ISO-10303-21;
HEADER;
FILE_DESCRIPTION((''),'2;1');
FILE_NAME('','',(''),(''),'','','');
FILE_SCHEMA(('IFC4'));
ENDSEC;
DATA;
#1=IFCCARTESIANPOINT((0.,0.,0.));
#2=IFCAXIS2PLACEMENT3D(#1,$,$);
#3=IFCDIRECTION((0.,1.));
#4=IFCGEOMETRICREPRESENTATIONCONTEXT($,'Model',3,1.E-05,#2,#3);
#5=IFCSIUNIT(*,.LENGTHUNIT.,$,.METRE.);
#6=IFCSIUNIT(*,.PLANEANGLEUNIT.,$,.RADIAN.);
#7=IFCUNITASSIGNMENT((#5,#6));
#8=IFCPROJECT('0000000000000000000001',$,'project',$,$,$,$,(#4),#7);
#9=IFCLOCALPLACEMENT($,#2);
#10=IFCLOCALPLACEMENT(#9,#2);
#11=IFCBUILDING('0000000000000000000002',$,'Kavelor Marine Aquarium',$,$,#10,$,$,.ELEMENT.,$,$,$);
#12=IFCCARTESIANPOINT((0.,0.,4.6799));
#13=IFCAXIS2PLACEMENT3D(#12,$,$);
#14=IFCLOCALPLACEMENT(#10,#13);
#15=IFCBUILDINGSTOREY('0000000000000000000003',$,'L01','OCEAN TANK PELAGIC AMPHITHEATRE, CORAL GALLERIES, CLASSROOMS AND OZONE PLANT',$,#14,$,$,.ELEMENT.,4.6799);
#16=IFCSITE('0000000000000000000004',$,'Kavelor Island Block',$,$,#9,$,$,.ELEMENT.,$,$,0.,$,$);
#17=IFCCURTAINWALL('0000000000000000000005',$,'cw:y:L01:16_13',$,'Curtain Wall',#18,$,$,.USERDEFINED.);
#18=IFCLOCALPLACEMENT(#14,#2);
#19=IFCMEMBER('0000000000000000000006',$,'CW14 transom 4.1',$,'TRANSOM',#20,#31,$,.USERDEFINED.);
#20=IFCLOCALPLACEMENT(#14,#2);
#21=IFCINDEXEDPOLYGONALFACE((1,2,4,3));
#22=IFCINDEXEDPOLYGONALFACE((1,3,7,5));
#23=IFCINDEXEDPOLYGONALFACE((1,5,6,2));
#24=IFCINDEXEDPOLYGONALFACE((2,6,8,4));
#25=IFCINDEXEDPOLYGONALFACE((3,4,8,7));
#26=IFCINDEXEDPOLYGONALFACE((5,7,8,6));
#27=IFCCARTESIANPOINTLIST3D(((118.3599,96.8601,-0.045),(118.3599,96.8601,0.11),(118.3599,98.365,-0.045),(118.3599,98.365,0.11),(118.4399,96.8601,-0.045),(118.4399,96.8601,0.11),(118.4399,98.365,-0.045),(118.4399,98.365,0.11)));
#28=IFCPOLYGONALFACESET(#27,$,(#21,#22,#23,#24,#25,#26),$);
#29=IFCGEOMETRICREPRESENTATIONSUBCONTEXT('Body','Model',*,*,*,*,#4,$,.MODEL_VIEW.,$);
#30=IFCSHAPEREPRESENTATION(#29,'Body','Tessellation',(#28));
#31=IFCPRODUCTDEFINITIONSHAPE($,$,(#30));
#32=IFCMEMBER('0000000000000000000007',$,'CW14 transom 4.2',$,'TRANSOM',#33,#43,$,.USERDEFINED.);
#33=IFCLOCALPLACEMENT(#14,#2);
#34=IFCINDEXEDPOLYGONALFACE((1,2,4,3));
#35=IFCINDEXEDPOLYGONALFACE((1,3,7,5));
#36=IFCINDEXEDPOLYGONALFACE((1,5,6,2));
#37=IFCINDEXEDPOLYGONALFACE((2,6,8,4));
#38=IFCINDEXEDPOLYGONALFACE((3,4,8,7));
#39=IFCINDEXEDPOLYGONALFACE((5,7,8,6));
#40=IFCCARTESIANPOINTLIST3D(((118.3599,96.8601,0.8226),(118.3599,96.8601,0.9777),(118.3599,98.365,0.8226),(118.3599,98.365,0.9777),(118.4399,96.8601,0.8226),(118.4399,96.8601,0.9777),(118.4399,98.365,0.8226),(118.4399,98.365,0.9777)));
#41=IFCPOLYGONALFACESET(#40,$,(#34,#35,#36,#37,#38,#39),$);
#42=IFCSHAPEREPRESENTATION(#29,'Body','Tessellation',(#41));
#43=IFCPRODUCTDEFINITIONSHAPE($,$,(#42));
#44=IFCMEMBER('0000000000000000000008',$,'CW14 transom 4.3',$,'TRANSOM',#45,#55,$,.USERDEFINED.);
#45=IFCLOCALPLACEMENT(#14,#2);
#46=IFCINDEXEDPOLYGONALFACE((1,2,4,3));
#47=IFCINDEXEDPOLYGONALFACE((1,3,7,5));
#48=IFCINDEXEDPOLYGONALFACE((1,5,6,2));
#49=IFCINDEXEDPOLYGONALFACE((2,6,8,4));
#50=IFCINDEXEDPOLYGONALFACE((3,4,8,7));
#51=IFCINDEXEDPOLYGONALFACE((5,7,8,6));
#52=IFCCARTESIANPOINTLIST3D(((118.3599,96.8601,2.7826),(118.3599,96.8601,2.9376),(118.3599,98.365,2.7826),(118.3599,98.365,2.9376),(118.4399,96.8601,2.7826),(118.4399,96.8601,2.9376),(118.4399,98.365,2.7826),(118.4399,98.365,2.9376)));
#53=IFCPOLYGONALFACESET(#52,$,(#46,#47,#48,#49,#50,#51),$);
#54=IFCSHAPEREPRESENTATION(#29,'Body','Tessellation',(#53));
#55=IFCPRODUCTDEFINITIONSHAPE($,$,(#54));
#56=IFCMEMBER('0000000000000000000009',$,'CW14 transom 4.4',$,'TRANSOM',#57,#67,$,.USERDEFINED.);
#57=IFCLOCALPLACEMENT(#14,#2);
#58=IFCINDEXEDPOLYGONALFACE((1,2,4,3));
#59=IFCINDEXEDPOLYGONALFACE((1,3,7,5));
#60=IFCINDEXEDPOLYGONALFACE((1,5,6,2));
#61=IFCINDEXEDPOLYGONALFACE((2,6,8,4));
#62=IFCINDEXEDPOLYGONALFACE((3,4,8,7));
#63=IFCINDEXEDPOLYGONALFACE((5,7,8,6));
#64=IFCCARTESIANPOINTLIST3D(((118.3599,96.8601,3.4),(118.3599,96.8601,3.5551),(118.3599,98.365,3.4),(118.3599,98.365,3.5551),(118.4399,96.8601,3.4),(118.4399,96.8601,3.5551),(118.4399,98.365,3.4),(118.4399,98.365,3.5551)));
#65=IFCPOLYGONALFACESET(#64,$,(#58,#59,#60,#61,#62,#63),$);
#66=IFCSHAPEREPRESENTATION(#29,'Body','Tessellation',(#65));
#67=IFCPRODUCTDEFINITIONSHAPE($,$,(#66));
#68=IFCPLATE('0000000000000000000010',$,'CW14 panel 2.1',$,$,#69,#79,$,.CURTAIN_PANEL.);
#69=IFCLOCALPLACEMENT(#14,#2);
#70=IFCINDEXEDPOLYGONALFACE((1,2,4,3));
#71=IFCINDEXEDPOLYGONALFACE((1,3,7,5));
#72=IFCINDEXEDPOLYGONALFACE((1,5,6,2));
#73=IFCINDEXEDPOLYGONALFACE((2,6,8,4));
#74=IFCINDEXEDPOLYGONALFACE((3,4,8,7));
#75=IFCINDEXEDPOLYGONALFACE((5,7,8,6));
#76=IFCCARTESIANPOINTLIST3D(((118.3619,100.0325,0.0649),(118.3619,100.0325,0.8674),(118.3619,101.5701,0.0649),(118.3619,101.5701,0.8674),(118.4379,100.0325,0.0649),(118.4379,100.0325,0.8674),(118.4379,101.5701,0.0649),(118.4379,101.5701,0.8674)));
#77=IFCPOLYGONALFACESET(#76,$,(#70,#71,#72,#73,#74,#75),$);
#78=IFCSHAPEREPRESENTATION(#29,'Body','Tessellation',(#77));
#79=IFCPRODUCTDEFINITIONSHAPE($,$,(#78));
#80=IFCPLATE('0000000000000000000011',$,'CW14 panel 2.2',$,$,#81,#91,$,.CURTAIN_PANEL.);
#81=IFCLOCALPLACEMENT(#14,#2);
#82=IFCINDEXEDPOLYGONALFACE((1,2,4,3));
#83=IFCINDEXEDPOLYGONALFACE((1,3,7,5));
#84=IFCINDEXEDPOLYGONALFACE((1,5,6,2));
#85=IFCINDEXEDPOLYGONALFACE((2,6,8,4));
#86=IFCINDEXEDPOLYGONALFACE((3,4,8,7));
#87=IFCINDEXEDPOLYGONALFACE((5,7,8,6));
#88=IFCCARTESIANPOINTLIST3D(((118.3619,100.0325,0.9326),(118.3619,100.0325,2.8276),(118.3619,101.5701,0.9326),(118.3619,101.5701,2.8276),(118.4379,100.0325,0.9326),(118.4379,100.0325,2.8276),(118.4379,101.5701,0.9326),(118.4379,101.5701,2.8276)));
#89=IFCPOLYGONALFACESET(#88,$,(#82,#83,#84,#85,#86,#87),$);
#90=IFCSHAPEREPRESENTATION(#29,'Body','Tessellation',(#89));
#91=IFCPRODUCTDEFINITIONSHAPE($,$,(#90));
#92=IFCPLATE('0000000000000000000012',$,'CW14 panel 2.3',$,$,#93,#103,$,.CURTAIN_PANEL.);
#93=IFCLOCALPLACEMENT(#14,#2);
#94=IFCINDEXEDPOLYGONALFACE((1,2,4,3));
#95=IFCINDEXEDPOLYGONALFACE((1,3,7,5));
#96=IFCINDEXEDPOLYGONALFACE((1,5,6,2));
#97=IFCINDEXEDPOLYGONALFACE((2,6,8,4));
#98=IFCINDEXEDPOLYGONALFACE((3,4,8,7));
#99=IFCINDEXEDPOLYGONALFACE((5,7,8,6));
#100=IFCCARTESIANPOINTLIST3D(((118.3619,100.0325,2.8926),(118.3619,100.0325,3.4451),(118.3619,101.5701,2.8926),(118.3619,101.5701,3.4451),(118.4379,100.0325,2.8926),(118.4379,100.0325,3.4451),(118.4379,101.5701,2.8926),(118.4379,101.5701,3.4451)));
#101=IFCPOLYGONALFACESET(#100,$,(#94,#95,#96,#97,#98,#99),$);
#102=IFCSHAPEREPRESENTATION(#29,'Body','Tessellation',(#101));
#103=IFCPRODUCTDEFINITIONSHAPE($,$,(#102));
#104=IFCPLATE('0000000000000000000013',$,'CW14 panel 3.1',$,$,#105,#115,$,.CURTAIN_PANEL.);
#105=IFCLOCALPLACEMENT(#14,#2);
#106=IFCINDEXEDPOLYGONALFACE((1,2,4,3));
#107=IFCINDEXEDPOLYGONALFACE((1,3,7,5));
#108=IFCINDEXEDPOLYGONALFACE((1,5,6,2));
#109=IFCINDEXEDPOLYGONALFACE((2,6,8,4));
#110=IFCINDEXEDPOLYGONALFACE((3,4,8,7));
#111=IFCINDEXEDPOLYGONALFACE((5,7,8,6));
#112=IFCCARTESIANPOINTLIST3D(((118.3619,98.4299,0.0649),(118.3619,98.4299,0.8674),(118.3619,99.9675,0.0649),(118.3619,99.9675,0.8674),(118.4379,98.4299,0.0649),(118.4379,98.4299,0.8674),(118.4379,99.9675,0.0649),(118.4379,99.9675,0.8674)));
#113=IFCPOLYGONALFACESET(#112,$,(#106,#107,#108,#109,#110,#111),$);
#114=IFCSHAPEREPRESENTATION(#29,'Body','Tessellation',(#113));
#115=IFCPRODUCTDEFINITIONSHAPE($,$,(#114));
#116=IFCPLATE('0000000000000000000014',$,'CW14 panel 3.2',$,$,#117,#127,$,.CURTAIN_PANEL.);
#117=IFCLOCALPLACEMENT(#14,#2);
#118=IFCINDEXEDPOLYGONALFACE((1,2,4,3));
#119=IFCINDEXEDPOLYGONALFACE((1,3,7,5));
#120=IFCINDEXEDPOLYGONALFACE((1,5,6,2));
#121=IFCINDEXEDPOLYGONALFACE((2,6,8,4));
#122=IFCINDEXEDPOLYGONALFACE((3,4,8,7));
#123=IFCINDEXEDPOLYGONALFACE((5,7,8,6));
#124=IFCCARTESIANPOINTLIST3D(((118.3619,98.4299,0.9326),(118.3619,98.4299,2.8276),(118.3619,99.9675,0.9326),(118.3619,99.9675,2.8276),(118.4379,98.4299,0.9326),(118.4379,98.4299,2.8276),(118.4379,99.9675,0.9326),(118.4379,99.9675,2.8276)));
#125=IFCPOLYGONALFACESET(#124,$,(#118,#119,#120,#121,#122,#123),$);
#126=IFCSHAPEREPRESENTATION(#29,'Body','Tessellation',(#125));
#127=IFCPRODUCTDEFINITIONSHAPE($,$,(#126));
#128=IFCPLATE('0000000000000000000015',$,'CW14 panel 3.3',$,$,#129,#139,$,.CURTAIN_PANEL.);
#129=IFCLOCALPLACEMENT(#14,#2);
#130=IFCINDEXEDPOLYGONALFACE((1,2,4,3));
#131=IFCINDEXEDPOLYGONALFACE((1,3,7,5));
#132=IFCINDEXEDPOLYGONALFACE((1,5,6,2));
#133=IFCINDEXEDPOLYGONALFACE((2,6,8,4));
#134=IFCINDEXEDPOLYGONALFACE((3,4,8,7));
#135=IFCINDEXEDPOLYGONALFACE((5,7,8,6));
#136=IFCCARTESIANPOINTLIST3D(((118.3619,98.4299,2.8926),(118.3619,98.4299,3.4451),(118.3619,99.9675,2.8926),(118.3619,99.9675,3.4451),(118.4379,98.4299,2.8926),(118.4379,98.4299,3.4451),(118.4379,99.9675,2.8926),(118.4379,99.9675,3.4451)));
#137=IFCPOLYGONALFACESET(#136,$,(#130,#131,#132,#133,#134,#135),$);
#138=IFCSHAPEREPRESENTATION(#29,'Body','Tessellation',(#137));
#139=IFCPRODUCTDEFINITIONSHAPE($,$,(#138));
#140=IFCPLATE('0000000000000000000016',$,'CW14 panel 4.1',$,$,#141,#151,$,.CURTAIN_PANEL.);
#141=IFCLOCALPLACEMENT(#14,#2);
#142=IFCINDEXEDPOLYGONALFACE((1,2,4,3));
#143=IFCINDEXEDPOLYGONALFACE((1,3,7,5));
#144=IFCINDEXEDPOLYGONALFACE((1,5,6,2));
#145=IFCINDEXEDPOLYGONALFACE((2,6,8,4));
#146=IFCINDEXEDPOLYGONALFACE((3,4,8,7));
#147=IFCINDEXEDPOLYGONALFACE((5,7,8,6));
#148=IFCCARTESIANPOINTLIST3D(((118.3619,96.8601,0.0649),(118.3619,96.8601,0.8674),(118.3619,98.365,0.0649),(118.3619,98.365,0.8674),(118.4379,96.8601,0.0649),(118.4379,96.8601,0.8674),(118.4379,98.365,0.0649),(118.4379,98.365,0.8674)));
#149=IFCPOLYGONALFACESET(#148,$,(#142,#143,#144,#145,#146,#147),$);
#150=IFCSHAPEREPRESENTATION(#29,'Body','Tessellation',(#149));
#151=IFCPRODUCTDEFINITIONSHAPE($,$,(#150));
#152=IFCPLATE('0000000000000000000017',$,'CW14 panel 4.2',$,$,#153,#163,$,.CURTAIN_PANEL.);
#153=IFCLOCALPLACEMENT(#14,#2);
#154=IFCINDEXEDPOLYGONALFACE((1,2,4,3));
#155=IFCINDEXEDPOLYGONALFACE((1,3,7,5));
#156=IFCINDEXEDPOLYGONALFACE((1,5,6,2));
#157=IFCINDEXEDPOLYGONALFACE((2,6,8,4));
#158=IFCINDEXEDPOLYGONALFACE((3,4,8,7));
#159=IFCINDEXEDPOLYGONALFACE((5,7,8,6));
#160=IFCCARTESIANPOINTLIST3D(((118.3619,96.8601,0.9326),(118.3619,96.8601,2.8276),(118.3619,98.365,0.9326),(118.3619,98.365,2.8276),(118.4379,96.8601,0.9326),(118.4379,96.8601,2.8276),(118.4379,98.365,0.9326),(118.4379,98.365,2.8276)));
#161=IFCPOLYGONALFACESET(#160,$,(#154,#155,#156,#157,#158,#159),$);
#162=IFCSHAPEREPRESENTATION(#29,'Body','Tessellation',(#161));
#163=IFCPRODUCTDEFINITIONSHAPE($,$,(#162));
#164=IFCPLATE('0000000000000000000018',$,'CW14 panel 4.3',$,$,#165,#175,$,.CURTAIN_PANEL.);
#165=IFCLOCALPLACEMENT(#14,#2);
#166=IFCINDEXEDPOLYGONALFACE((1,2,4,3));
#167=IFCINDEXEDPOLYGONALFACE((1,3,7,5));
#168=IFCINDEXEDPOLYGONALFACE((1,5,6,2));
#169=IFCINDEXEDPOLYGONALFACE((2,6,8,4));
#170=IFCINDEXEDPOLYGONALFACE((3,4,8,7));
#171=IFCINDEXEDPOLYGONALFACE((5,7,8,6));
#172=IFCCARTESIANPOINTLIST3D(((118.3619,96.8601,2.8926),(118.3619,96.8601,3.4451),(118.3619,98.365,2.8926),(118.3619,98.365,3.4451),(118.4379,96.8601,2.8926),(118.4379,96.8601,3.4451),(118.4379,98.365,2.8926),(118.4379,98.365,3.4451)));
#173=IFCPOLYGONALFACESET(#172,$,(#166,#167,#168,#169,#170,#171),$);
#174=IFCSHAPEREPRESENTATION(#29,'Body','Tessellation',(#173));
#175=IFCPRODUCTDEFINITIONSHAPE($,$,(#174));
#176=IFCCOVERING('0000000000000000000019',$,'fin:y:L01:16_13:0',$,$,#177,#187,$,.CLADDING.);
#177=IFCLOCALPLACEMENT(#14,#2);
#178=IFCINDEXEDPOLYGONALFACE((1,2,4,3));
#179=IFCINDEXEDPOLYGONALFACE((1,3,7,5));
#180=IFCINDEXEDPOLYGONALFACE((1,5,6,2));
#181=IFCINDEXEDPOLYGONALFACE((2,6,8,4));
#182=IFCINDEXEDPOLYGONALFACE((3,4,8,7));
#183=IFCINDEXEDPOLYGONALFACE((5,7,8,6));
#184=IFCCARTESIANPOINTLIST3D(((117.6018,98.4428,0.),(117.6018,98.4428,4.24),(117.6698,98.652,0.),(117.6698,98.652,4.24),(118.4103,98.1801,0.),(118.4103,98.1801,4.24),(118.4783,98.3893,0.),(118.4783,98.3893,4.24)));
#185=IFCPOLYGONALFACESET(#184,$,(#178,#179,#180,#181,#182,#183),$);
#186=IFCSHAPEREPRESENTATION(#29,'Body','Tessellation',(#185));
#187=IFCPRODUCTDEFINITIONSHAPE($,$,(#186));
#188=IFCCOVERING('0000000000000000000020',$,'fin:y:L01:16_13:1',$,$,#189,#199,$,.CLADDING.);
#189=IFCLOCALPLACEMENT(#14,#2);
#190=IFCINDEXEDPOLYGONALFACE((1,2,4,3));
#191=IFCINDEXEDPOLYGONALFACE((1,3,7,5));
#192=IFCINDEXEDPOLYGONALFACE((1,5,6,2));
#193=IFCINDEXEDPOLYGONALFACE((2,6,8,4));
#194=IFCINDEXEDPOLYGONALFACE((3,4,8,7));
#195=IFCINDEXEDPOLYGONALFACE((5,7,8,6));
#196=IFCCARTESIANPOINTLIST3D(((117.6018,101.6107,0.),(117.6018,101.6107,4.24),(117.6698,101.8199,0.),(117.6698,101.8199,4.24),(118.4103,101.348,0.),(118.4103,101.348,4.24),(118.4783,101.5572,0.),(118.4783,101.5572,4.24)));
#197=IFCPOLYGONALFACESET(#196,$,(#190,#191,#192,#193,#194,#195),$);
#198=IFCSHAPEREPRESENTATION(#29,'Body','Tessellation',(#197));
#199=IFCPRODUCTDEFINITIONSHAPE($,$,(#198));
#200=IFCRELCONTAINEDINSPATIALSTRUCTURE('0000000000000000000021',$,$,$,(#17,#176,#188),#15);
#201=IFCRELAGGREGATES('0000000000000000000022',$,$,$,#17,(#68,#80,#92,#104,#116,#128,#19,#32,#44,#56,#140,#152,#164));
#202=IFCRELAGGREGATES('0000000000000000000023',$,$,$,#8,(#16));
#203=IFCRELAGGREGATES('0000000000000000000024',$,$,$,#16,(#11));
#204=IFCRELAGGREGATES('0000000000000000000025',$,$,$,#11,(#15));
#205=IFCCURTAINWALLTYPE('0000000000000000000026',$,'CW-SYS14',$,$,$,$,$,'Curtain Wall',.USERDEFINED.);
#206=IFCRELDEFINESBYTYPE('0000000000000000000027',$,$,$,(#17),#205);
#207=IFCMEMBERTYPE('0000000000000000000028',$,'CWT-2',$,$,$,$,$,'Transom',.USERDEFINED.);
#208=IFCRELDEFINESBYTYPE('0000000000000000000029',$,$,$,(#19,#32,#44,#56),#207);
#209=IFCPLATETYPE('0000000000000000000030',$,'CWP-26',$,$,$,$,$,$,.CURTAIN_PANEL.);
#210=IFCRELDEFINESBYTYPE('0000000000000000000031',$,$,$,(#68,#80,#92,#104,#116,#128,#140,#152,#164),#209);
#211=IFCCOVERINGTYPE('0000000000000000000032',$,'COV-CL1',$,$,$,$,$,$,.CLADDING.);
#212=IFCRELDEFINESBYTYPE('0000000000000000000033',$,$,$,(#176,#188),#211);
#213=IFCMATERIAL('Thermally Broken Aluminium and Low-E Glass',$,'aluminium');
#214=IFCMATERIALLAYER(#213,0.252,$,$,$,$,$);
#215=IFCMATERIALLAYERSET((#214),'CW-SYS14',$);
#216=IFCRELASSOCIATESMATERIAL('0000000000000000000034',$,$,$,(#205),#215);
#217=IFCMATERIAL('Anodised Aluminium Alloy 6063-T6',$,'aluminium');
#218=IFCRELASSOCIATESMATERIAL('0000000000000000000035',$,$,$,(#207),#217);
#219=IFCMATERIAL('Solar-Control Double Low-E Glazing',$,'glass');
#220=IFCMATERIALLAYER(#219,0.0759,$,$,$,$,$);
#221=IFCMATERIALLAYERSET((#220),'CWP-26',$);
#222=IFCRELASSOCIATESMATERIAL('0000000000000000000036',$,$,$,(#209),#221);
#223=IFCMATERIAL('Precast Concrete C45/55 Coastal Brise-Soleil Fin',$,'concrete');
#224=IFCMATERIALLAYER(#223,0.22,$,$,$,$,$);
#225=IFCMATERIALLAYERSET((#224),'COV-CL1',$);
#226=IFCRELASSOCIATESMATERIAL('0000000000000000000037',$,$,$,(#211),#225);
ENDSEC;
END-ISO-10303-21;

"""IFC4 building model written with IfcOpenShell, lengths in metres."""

from ifc_helpers import new_model, si_unit, direction, frame, origin, origin_2d, place, context, subcontext, project, spatial, rectangle, extrude, material, layer, layer_set, material_profile, profile_set, type_object, element, aggregate, save


model = new_model("IFC4")

# Units and contexts
model_context = context("Model", 3, precision=1e-05, world=origin(), true_north=direction((0.0, 1.0)))
body_context = subcontext(model_context, "Body", "Model", "MODEL_VIEW")
ifc_project = project(units=[si_unit("LENGTHUNIT", "METRE"), si_unit("PLANEANGLEUNIT", "RADIAN")], contexts=[model_context])

# Site, building, storey
site_placement = place(None, origin())
site = spatial("IfcSite", under=ifc_project, at=site_placement, Name="Kavelor Island Block", CompositionType="ELEMENT", RefElevation=0.0)
building_placement = place(site_placement, origin())
building = spatial("IfcBuilding", under=site, at=building_placement, Name="Kavelor Marine Aquarium", CompositionType="ELEMENT")
storey_placement = place(building_placement, frame((0.0, 0.0, 4.6799)))
storey = spatial("IfcBuildingStorey", under=building, at=storey_placement, Name="L01", Description="OCEAN TANK PELAGIC AMPHITHEATRE, CORAL GALLERIES, CLASSROOMS AND OZONE PLANT", CompositionType="ELEMENT", Elevation=4.6799)

# Curtain wall, members, plates
ifc_material_1 = material(Name="Thermally Broken Aluminium and Low-E Glass", Category="aluminium")
ifc_layer_1 = layer(ifc_material_1, 0.252)
ifc_layer_set_1 = layer_set([ifc_layer_1], Name="CW-SYS14")
curtain_wall_type = type_object("IfcCurtainWallType", Name="CW-SYS14", ElementType="Curtain Wall", PredefinedType="USERDEFINED", material=ifc_layer_set_1)
curtain_wall_placement = place(storey_placement, origin())
curtain_wall = element("IfcCurtainWall", 1, at=curtain_wall_placement, inside=storey, type_object=curtain_wall_type, Name="cw:y:L01:16_13", ObjectType="Curtain Wall", PredefinedType="USERDEFINED")
ifc_material_2 = material(Name="Anodised Aluminium Alloy 6063-T6", Category="aluminium")
ifc_material_profile_1 = material_profile(ifc_material_2, rectangle(XDim=0.0801, YDim=0.155, at=origin_2d()), Name="CW-TRN 80x155")
ifc_profile_set_1 = profile_set([ifc_material_profile_1], Name="Anodised Aluminium Alloy 6063-T6")
member_type_1 = type_object("IfcMemberType", Name="CWT-2", ElementType="Transom", PredefinedType="USERDEFINED", material=ifc_profile_set_1)
member_1_placement = place(storey_placement, frame((118.3999, 98.365, 0.0325), z_axis=(0.0, -1.0, 0.0), x_axis=(1.0, 0.0, 0.0)))
member_1 = element("IfcMember", 2, at=member_1_placement, type_object=member_type_1, Name="CW14 transom 4.1", ObjectType="TRANSOM", PredefinedType="USERDEFINED", context=body_context, shape_type="SweptSolid", body=[
    extrude(rectangle(XDim=0.0801, YDim=0.155, at=origin_2d()), origin(), (0.0, 0.0, 1.0), 1.5049),
])
member_2_placement = place(storey_placement, frame((118.3999, 98.365, 0.9001), z_axis=(0.0, -1.0, 0.0), x_axis=(1.0, 0.0, 0.0)))
member_2 = element("IfcMember", 3, at=member_2_placement, type_object=member_type_1, Name="CW14 transom 4.2", ObjectType="TRANSOM", PredefinedType="USERDEFINED", context=body_context, shape_type="SweptSolid", body=[
    extrude(rectangle(XDim=0.0801, YDim=0.155, at=origin_2d()), origin(), (0.0, 0.0, 1.0), 1.5049),
])
member_3_placement = place(storey_placement, frame((118.3999, 98.365, 2.8601), z_axis=(0.0, -1.0, 0.0), x_axis=(1.0, 0.0, 0.0)))
member_3 = element("IfcMember", 4, at=member_3_placement, type_object=member_type_1, Name="CW14 transom 4.3", ObjectType="TRANSOM", PredefinedType="USERDEFINED", context=body_context, shape_type="SweptSolid", body=[
    extrude(rectangle(XDim=0.0801, YDim=0.155, at=origin_2d()), origin(), (0.0, 0.0, 1.0), 1.5049),
])
member_4_placement = place(storey_placement, frame((118.3999, 98.365, 3.4775), z_axis=(0.0, -1.0, 0.0), x_axis=(1.0, 0.0, 0.0)))
member_4 = element("IfcMember", 5, at=member_4_placement, type_object=member_type_1, Name="CW14 transom 4.4", ObjectType="TRANSOM", PredefinedType="USERDEFINED", context=body_context, shape_type="SweptSolid", body=[
    extrude(rectangle(XDim=0.0801, YDim=0.155, at=origin_2d()), origin(), (0.0, 0.0, 1.0), 1.5049),
])
ifc_material_3 = material(Name="Solar-Control Double Low-E Glazing", Category="glass")
ifc_layer_2 = layer(ifc_material_3, 0.0759)
ifc_layer_set_2 = layer_set([ifc_layer_2], Name="CWP-26")
plate_type = type_object("IfcPlateType", Name="CWP-26", PredefinedType="CURTAIN_PANEL", material=ifc_layer_set_2)
plate_1_placement = place(storey_placement, frame((118.3999, 100.8013, 0.0649), z_axis=(0.0, 0.0, 1.0), x_axis=(0.0, -1.0, 0.0)))
plate_1 = element("IfcPlate", 6, at=plate_1_placement, type_object=plate_type, Name="CW14 panel 2.1", PredefinedType="CURTAIN_PANEL", context=body_context, shape_type="SweptSolid", body=[
    extrude(rectangle(XDim=1.5376, YDim=0.0759, at=origin_2d()), origin(), (0.0, 0.0, 1.0), 0.8025),
])
plate_2_placement = place(storey_placement, frame((118.3999, 100.8013, 0.9326), z_axis=(0.0, 0.0, 1.0), x_axis=(0.0, -1.0, 0.0)))
plate_2 = element("IfcPlate", 7, at=plate_2_placement, type_object=plate_type, Name="CW14 panel 2.2", PredefinedType="CURTAIN_PANEL", context=body_context, shape_type="SweptSolid", body=[
    extrude(rectangle(XDim=1.5376, YDim=0.0759, at=origin_2d()), origin(), (0.0, 0.0, 1.0), 1.895),
])
plate_3_placement = place(storey_placement, frame((118.3999, 100.8013, 2.8926), z_axis=(0.0, 0.0, 1.0), x_axis=(0.0, -1.0, 0.0)))
plate_3 = element("IfcPlate", 8, at=plate_3_placement, type_object=plate_type, Name="CW14 panel 2.3", PredefinedType="CURTAIN_PANEL", context=body_context, shape_type="SweptSolid", body=[
    extrude(rectangle(XDim=1.5376, YDim=0.0759, at=origin_2d()), origin(), (0.0, 0.0, 1.0), 0.5525),
])
plate_4_placement = place(storey_placement, frame((118.3999, 99.1987, 0.0649), z_axis=(0.0, 0.0, 1.0), x_axis=(0.0, -1.0, 0.0)))
plate_4 = element("IfcPlate", 9, at=plate_4_placement, type_object=plate_type, Name="CW14 panel 3.1", PredefinedType="CURTAIN_PANEL", context=body_context, shape_type="SweptSolid", body=[
    extrude(rectangle(XDim=1.5376, YDim=0.0759, at=origin_2d()), origin(), (0.0, 0.0, 1.0), 0.8025),
])
plate_5_placement = place(storey_placement, frame((118.3999, 99.1987, 0.9326), z_axis=(0.0, 0.0, 1.0), x_axis=(0.0, -1.0, 0.0)))
plate_5 = element("IfcPlate", 10, at=plate_5_placement, type_object=plate_type, Name="CW14 panel 3.2", PredefinedType="CURTAIN_PANEL", context=body_context, shape_type="SweptSolid", body=[
    extrude(rectangle(XDim=1.5376, YDim=0.0759, at=origin_2d()), origin(), (0.0, 0.0, 1.0), 1.895),
])
plate_6_placement = place(storey_placement, frame((118.3999, 99.1987, 2.8926), z_axis=(0.0, 0.0, 1.0), x_axis=(0.0, -1.0, 0.0)))
plate_6 = element("IfcPlate", 11, at=plate_6_placement, type_object=plate_type, Name="CW14 panel 3.3", PredefinedType="CURTAIN_PANEL", context=body_context, shape_type="SweptSolid", body=[
    extrude(rectangle(XDim=1.5376, YDim=0.0759, at=origin_2d()), origin(), (0.0, 0.0, 1.0), 0.5525),
])
plate_7_placement = place(storey_placement, frame((118.3999, 97.6125, 0.0649), z_axis=(0.0, 0.0, 1.0), x_axis=(0.0, -1.0, 0.0)))
plate_7 = element("IfcPlate", 12, at=plate_7_placement, type_object=plate_type, Name="CW14 panel 4.1", PredefinedType="CURTAIN_PANEL", context=body_context, shape_type="SweptSolid", body=[
    extrude(rectangle(XDim=1.5049, YDim=0.0759, at=origin_2d()), origin(), (0.0, 0.0, 1.0), 0.8025),
])
plate_8_placement = place(storey_placement, frame((118.3999, 97.6125, 0.9326), z_axis=(0.0, 0.0, 1.0), x_axis=(0.0, -1.0, 0.0)))
plate_8 = element("IfcPlate", 13, at=plate_8_placement, type_object=plate_type, Name="CW14 panel 4.2", PredefinedType="CURTAIN_PANEL", context=body_context, shape_type="SweptSolid", body=[
    extrude(rectangle(XDim=1.5049, YDim=0.0759, at=origin_2d()), origin(), (0.0, 0.0, 1.0), 1.895),
])
plate_9_placement = place(storey_placement, frame((118.3999, 97.6125, 2.8926), z_axis=(0.0, 0.0, 1.0), x_axis=(0.0, -1.0, 0.0)))
plate_9 = element("IfcPlate", 14, at=plate_9_placement, type_object=plate_type, Name="CW14 panel 4.3", PredefinedType="CURTAIN_PANEL", context=body_context, shape_type="SweptSolid", body=[
    extrude(rectangle(XDim=1.5049, YDim=0.0759, at=origin_2d()), origin(), (0.0, 0.0, 1.0), 0.5525),
])
aggregate(curtain_wall, [plate_1, plate_2, plate_3, plate_4, plate_5, plate_6, member_1, member_2, member_3, member_4, plate_7, plate_8, plate_9])

# Coverings
ifc_material_4 = material(Name="Precast Concrete C45/55 Coastal Brise-Soleil Fin", Category="concrete")
ifc_layer_3 = layer(ifc_material_4, 0.22)
ifc_layer_set_3 = layer_set([ifc_layer_3], Name="COV-CL1")
covering_type = type_object("IfcCoveringType", Name="COV-CL1", PredefinedType="CLADDING", material=ifc_layer_set_3)
for number, where, z_axis, x_axis, name in (
    (15, (118.04, 98.416, 0.0), (0.0, 0.0, 1.0), (0.951057, -0.309017, 0.0), "fin:y:L01:16_13:0"),
    (16, (118.04, 101.584, 0.0), (0.0, 0.0, 1.0), (0.951057, -0.309017, 0.0), "fin:y:L01:16_13:1"),
):
    element("IfcCovering", number, at=place(storey_placement, frame(where, z_axis=z_axis, x_axis=x_axis)), inside=storey, type_object=covering_type, Name=name, PredefinedType="CLADDING", context=body_context, shape_type="SweptSolid", body=[
        extrude(rectangle(XDim=0.8501, YDim=0.22, at=origin_2d()), origin(), (0.0, 0.0, 1.0), 4.24),
    ])

save(model, "model.ifc")
